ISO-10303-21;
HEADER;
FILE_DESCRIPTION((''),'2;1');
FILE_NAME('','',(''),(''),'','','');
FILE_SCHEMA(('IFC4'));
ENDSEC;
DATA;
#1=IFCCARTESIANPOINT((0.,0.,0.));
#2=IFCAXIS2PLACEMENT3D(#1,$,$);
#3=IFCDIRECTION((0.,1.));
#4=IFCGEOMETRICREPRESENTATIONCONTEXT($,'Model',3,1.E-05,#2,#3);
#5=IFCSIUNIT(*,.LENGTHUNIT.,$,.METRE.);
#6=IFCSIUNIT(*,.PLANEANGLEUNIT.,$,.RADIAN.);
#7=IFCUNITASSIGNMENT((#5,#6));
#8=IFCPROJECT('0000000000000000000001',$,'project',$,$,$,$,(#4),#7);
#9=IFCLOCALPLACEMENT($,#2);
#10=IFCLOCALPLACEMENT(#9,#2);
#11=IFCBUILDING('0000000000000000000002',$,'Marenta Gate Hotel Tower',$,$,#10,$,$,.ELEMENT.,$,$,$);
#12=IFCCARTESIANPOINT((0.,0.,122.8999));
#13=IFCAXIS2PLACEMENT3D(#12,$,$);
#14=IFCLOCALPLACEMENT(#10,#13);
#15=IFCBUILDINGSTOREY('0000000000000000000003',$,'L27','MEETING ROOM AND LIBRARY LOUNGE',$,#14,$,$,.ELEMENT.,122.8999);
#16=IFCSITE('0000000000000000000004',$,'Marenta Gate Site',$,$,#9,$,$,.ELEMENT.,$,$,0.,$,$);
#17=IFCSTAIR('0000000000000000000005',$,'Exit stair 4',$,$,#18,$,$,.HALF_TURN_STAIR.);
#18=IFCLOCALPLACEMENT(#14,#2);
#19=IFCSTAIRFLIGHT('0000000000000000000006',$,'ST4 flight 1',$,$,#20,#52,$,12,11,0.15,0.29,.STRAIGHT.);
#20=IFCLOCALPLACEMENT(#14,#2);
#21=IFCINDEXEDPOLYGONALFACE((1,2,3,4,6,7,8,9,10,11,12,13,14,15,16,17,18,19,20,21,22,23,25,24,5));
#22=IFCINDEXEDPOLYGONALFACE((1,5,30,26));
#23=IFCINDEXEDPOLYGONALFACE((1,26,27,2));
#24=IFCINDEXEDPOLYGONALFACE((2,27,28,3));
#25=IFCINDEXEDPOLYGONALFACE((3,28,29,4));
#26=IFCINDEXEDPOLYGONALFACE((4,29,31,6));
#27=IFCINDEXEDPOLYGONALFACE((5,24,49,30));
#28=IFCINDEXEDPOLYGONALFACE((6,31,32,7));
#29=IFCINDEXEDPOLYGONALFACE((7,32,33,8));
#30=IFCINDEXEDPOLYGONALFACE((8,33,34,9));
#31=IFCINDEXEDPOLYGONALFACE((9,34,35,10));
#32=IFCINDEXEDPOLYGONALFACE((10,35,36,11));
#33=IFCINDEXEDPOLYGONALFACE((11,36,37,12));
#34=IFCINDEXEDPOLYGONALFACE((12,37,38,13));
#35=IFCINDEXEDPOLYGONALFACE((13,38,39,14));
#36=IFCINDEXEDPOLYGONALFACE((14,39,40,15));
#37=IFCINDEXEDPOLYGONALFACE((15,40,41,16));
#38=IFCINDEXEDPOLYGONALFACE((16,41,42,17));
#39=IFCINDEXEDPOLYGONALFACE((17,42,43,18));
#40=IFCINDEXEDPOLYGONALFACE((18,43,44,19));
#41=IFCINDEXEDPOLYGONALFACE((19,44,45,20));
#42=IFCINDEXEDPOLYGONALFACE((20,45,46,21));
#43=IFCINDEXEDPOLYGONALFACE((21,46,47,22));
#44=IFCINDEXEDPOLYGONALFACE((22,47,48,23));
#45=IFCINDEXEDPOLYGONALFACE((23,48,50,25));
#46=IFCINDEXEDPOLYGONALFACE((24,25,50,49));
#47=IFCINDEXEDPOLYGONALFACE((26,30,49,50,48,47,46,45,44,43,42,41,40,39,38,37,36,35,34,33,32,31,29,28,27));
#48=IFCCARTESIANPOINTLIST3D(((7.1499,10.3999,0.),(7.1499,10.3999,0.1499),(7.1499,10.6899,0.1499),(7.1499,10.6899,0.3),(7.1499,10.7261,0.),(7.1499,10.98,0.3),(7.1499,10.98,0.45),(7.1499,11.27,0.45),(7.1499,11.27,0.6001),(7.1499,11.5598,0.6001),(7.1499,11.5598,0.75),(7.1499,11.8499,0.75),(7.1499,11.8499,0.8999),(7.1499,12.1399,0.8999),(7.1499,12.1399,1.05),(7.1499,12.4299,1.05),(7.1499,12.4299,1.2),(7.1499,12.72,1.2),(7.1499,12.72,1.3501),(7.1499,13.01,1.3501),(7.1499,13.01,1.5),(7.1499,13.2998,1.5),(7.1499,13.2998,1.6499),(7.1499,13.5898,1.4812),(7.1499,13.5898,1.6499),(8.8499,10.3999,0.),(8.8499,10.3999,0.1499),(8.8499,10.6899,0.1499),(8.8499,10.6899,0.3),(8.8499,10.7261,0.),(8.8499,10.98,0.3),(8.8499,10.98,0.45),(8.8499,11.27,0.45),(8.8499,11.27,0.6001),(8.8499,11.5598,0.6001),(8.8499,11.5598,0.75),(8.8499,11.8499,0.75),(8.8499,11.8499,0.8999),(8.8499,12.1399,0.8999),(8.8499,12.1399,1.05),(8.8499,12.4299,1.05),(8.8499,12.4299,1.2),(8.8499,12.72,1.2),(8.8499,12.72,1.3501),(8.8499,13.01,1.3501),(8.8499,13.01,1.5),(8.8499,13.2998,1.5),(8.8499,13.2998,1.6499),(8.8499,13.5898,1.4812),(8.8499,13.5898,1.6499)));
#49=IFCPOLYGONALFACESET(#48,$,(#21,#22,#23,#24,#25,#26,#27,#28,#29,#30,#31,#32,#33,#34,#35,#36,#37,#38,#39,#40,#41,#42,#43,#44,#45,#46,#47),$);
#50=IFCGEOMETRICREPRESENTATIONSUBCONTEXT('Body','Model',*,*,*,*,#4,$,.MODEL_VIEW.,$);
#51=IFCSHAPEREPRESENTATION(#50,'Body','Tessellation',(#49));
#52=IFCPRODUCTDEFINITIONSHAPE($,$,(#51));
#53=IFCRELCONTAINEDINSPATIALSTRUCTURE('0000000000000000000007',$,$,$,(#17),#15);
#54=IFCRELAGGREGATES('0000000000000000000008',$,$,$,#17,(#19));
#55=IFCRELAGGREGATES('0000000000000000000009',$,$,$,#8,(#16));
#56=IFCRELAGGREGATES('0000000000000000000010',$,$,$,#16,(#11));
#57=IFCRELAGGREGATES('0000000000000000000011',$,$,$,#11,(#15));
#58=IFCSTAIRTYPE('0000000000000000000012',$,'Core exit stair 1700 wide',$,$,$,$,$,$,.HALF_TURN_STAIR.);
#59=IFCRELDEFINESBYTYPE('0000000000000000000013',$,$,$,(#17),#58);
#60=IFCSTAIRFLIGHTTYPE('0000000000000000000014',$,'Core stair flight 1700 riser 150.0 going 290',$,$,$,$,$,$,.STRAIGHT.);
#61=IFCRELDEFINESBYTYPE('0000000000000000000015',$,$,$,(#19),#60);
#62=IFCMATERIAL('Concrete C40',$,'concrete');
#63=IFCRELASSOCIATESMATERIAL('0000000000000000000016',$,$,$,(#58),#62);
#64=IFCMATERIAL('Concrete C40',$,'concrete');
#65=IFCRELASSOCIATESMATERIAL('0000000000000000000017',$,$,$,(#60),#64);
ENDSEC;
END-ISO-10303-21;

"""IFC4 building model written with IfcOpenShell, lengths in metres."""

from ifc_helpers import new_model, si_unit, direction, frame, origin, place, context, subcontext, project, spatial, polyline, outline, extrude, material, type_object, element, aggregate, save


model = new_model("IFC4")

# Units and contexts
model_context = context("Model", 3, precision=1e-05, world=origin(), true_north=direction((0.0, 1.0)))
body_context = subcontext(model_context, "Body", "Model", "MODEL_VIEW")
ifc_project = project(units=[si_unit("LENGTHUNIT", "METRE"), si_unit("PLANEANGLEUNIT", "RADIAN")], contexts=[model_context])

# Site, building, storey
site_placement = place(None, origin())
site = spatial("IfcSite", under=ifc_project, at=site_placement, Name="Marenta Gate Site", CompositionType="ELEMENT", RefElevation=0.0)
building_placement = place(site_placement, origin())
building = spatial("IfcBuilding", under=site, at=building_placement, Name="Marenta Gate Hotel Tower", CompositionType="ELEMENT")
storey_placement = place(building_placement, frame((0.0, 0.0, 122.8999)))
storey = spatial("IfcBuildingStorey", under=building, at=storey_placement, Name="L27", Description="MEETING ROOM AND LIBRARY LOUNGE", CompositionType="ELEMENT", Elevation=122.8999)

# Stair, stair flight
ifc_material_1 = material(Name="Concrete C40", Category="concrete")
stair_type = type_object("IfcStairType", Name="Core exit stair 1700 wide", PredefinedType="HALF_TURN_STAIR", material=ifc_material_1)
stair_placement = place(storey_placement, origin())
stair = element("IfcStair", 1, at=stair_placement, inside=storey, type_object=stair_type, Name="Exit stair 4", PredefinedType="HALF_TURN_STAIR")
ifc_material_2 = material(Name="Concrete C40", Category="concrete")
stair_flight_type = type_object("IfcStairFlightType", Name="Core stair flight 1700 riser 150.0 going 290", PredefinedType="STRAIGHT", material=ifc_material_2)
stair_flight_placement = place(storey_placement, frame((8.0, 10.3999, 0.0), z_axis=(0.0, 0.0, 1.0), x_axis=(0.0, 1.0, 0.0)))
stair_flight = element("IfcStairFlight", 2, at=stair_flight_placement, type_object=stair_flight_type, Name="ST4 flight 1", NumberOfRisers=12, NumberOfTreads=11, PredefinedType="STRAIGHT", RiserHeight=0.15, TreadLength=0.29, context=body_context, shape_type="SweptSolid", body=[
    extrude(outline(polyline([(0.0, 0.0), (0.0, 0.1499), (0.29, 0.1499), (0.29, 0.3), (0.5801, 0.3), (0.5801, 0.45), (0.8701, 0.45), (0.8701, 0.6001), (1.1599, 0.6001), (1.1599, 0.75), (1.45, 0.75), (1.45, 0.8999), (1.74, 0.8999), (1.74, 1.05), (2.03, 1.05), (2.03, 1.2), (2.3201, 1.2), (2.3201, 1.3501), (2.6101, 1.3501), (2.6101, 1.5), (2.8999, 1.5), (2.8999, 1.6499), (3.1899, 1.6499), (3.1899, 1.8), (3.1899, 1.4812), (0.3262, 0.0), (0.0, 0.0)])), frame((0.0, 0.8501, 0.0), z_axis=(0.0, -1.0, 0.0), x_axis=(1.0, 0.0, 0.0)), (0.0, 0.0, 1.0), 1.7),
])
aggregate(stair, [stair_flight])

save(model, "model.ifc")
